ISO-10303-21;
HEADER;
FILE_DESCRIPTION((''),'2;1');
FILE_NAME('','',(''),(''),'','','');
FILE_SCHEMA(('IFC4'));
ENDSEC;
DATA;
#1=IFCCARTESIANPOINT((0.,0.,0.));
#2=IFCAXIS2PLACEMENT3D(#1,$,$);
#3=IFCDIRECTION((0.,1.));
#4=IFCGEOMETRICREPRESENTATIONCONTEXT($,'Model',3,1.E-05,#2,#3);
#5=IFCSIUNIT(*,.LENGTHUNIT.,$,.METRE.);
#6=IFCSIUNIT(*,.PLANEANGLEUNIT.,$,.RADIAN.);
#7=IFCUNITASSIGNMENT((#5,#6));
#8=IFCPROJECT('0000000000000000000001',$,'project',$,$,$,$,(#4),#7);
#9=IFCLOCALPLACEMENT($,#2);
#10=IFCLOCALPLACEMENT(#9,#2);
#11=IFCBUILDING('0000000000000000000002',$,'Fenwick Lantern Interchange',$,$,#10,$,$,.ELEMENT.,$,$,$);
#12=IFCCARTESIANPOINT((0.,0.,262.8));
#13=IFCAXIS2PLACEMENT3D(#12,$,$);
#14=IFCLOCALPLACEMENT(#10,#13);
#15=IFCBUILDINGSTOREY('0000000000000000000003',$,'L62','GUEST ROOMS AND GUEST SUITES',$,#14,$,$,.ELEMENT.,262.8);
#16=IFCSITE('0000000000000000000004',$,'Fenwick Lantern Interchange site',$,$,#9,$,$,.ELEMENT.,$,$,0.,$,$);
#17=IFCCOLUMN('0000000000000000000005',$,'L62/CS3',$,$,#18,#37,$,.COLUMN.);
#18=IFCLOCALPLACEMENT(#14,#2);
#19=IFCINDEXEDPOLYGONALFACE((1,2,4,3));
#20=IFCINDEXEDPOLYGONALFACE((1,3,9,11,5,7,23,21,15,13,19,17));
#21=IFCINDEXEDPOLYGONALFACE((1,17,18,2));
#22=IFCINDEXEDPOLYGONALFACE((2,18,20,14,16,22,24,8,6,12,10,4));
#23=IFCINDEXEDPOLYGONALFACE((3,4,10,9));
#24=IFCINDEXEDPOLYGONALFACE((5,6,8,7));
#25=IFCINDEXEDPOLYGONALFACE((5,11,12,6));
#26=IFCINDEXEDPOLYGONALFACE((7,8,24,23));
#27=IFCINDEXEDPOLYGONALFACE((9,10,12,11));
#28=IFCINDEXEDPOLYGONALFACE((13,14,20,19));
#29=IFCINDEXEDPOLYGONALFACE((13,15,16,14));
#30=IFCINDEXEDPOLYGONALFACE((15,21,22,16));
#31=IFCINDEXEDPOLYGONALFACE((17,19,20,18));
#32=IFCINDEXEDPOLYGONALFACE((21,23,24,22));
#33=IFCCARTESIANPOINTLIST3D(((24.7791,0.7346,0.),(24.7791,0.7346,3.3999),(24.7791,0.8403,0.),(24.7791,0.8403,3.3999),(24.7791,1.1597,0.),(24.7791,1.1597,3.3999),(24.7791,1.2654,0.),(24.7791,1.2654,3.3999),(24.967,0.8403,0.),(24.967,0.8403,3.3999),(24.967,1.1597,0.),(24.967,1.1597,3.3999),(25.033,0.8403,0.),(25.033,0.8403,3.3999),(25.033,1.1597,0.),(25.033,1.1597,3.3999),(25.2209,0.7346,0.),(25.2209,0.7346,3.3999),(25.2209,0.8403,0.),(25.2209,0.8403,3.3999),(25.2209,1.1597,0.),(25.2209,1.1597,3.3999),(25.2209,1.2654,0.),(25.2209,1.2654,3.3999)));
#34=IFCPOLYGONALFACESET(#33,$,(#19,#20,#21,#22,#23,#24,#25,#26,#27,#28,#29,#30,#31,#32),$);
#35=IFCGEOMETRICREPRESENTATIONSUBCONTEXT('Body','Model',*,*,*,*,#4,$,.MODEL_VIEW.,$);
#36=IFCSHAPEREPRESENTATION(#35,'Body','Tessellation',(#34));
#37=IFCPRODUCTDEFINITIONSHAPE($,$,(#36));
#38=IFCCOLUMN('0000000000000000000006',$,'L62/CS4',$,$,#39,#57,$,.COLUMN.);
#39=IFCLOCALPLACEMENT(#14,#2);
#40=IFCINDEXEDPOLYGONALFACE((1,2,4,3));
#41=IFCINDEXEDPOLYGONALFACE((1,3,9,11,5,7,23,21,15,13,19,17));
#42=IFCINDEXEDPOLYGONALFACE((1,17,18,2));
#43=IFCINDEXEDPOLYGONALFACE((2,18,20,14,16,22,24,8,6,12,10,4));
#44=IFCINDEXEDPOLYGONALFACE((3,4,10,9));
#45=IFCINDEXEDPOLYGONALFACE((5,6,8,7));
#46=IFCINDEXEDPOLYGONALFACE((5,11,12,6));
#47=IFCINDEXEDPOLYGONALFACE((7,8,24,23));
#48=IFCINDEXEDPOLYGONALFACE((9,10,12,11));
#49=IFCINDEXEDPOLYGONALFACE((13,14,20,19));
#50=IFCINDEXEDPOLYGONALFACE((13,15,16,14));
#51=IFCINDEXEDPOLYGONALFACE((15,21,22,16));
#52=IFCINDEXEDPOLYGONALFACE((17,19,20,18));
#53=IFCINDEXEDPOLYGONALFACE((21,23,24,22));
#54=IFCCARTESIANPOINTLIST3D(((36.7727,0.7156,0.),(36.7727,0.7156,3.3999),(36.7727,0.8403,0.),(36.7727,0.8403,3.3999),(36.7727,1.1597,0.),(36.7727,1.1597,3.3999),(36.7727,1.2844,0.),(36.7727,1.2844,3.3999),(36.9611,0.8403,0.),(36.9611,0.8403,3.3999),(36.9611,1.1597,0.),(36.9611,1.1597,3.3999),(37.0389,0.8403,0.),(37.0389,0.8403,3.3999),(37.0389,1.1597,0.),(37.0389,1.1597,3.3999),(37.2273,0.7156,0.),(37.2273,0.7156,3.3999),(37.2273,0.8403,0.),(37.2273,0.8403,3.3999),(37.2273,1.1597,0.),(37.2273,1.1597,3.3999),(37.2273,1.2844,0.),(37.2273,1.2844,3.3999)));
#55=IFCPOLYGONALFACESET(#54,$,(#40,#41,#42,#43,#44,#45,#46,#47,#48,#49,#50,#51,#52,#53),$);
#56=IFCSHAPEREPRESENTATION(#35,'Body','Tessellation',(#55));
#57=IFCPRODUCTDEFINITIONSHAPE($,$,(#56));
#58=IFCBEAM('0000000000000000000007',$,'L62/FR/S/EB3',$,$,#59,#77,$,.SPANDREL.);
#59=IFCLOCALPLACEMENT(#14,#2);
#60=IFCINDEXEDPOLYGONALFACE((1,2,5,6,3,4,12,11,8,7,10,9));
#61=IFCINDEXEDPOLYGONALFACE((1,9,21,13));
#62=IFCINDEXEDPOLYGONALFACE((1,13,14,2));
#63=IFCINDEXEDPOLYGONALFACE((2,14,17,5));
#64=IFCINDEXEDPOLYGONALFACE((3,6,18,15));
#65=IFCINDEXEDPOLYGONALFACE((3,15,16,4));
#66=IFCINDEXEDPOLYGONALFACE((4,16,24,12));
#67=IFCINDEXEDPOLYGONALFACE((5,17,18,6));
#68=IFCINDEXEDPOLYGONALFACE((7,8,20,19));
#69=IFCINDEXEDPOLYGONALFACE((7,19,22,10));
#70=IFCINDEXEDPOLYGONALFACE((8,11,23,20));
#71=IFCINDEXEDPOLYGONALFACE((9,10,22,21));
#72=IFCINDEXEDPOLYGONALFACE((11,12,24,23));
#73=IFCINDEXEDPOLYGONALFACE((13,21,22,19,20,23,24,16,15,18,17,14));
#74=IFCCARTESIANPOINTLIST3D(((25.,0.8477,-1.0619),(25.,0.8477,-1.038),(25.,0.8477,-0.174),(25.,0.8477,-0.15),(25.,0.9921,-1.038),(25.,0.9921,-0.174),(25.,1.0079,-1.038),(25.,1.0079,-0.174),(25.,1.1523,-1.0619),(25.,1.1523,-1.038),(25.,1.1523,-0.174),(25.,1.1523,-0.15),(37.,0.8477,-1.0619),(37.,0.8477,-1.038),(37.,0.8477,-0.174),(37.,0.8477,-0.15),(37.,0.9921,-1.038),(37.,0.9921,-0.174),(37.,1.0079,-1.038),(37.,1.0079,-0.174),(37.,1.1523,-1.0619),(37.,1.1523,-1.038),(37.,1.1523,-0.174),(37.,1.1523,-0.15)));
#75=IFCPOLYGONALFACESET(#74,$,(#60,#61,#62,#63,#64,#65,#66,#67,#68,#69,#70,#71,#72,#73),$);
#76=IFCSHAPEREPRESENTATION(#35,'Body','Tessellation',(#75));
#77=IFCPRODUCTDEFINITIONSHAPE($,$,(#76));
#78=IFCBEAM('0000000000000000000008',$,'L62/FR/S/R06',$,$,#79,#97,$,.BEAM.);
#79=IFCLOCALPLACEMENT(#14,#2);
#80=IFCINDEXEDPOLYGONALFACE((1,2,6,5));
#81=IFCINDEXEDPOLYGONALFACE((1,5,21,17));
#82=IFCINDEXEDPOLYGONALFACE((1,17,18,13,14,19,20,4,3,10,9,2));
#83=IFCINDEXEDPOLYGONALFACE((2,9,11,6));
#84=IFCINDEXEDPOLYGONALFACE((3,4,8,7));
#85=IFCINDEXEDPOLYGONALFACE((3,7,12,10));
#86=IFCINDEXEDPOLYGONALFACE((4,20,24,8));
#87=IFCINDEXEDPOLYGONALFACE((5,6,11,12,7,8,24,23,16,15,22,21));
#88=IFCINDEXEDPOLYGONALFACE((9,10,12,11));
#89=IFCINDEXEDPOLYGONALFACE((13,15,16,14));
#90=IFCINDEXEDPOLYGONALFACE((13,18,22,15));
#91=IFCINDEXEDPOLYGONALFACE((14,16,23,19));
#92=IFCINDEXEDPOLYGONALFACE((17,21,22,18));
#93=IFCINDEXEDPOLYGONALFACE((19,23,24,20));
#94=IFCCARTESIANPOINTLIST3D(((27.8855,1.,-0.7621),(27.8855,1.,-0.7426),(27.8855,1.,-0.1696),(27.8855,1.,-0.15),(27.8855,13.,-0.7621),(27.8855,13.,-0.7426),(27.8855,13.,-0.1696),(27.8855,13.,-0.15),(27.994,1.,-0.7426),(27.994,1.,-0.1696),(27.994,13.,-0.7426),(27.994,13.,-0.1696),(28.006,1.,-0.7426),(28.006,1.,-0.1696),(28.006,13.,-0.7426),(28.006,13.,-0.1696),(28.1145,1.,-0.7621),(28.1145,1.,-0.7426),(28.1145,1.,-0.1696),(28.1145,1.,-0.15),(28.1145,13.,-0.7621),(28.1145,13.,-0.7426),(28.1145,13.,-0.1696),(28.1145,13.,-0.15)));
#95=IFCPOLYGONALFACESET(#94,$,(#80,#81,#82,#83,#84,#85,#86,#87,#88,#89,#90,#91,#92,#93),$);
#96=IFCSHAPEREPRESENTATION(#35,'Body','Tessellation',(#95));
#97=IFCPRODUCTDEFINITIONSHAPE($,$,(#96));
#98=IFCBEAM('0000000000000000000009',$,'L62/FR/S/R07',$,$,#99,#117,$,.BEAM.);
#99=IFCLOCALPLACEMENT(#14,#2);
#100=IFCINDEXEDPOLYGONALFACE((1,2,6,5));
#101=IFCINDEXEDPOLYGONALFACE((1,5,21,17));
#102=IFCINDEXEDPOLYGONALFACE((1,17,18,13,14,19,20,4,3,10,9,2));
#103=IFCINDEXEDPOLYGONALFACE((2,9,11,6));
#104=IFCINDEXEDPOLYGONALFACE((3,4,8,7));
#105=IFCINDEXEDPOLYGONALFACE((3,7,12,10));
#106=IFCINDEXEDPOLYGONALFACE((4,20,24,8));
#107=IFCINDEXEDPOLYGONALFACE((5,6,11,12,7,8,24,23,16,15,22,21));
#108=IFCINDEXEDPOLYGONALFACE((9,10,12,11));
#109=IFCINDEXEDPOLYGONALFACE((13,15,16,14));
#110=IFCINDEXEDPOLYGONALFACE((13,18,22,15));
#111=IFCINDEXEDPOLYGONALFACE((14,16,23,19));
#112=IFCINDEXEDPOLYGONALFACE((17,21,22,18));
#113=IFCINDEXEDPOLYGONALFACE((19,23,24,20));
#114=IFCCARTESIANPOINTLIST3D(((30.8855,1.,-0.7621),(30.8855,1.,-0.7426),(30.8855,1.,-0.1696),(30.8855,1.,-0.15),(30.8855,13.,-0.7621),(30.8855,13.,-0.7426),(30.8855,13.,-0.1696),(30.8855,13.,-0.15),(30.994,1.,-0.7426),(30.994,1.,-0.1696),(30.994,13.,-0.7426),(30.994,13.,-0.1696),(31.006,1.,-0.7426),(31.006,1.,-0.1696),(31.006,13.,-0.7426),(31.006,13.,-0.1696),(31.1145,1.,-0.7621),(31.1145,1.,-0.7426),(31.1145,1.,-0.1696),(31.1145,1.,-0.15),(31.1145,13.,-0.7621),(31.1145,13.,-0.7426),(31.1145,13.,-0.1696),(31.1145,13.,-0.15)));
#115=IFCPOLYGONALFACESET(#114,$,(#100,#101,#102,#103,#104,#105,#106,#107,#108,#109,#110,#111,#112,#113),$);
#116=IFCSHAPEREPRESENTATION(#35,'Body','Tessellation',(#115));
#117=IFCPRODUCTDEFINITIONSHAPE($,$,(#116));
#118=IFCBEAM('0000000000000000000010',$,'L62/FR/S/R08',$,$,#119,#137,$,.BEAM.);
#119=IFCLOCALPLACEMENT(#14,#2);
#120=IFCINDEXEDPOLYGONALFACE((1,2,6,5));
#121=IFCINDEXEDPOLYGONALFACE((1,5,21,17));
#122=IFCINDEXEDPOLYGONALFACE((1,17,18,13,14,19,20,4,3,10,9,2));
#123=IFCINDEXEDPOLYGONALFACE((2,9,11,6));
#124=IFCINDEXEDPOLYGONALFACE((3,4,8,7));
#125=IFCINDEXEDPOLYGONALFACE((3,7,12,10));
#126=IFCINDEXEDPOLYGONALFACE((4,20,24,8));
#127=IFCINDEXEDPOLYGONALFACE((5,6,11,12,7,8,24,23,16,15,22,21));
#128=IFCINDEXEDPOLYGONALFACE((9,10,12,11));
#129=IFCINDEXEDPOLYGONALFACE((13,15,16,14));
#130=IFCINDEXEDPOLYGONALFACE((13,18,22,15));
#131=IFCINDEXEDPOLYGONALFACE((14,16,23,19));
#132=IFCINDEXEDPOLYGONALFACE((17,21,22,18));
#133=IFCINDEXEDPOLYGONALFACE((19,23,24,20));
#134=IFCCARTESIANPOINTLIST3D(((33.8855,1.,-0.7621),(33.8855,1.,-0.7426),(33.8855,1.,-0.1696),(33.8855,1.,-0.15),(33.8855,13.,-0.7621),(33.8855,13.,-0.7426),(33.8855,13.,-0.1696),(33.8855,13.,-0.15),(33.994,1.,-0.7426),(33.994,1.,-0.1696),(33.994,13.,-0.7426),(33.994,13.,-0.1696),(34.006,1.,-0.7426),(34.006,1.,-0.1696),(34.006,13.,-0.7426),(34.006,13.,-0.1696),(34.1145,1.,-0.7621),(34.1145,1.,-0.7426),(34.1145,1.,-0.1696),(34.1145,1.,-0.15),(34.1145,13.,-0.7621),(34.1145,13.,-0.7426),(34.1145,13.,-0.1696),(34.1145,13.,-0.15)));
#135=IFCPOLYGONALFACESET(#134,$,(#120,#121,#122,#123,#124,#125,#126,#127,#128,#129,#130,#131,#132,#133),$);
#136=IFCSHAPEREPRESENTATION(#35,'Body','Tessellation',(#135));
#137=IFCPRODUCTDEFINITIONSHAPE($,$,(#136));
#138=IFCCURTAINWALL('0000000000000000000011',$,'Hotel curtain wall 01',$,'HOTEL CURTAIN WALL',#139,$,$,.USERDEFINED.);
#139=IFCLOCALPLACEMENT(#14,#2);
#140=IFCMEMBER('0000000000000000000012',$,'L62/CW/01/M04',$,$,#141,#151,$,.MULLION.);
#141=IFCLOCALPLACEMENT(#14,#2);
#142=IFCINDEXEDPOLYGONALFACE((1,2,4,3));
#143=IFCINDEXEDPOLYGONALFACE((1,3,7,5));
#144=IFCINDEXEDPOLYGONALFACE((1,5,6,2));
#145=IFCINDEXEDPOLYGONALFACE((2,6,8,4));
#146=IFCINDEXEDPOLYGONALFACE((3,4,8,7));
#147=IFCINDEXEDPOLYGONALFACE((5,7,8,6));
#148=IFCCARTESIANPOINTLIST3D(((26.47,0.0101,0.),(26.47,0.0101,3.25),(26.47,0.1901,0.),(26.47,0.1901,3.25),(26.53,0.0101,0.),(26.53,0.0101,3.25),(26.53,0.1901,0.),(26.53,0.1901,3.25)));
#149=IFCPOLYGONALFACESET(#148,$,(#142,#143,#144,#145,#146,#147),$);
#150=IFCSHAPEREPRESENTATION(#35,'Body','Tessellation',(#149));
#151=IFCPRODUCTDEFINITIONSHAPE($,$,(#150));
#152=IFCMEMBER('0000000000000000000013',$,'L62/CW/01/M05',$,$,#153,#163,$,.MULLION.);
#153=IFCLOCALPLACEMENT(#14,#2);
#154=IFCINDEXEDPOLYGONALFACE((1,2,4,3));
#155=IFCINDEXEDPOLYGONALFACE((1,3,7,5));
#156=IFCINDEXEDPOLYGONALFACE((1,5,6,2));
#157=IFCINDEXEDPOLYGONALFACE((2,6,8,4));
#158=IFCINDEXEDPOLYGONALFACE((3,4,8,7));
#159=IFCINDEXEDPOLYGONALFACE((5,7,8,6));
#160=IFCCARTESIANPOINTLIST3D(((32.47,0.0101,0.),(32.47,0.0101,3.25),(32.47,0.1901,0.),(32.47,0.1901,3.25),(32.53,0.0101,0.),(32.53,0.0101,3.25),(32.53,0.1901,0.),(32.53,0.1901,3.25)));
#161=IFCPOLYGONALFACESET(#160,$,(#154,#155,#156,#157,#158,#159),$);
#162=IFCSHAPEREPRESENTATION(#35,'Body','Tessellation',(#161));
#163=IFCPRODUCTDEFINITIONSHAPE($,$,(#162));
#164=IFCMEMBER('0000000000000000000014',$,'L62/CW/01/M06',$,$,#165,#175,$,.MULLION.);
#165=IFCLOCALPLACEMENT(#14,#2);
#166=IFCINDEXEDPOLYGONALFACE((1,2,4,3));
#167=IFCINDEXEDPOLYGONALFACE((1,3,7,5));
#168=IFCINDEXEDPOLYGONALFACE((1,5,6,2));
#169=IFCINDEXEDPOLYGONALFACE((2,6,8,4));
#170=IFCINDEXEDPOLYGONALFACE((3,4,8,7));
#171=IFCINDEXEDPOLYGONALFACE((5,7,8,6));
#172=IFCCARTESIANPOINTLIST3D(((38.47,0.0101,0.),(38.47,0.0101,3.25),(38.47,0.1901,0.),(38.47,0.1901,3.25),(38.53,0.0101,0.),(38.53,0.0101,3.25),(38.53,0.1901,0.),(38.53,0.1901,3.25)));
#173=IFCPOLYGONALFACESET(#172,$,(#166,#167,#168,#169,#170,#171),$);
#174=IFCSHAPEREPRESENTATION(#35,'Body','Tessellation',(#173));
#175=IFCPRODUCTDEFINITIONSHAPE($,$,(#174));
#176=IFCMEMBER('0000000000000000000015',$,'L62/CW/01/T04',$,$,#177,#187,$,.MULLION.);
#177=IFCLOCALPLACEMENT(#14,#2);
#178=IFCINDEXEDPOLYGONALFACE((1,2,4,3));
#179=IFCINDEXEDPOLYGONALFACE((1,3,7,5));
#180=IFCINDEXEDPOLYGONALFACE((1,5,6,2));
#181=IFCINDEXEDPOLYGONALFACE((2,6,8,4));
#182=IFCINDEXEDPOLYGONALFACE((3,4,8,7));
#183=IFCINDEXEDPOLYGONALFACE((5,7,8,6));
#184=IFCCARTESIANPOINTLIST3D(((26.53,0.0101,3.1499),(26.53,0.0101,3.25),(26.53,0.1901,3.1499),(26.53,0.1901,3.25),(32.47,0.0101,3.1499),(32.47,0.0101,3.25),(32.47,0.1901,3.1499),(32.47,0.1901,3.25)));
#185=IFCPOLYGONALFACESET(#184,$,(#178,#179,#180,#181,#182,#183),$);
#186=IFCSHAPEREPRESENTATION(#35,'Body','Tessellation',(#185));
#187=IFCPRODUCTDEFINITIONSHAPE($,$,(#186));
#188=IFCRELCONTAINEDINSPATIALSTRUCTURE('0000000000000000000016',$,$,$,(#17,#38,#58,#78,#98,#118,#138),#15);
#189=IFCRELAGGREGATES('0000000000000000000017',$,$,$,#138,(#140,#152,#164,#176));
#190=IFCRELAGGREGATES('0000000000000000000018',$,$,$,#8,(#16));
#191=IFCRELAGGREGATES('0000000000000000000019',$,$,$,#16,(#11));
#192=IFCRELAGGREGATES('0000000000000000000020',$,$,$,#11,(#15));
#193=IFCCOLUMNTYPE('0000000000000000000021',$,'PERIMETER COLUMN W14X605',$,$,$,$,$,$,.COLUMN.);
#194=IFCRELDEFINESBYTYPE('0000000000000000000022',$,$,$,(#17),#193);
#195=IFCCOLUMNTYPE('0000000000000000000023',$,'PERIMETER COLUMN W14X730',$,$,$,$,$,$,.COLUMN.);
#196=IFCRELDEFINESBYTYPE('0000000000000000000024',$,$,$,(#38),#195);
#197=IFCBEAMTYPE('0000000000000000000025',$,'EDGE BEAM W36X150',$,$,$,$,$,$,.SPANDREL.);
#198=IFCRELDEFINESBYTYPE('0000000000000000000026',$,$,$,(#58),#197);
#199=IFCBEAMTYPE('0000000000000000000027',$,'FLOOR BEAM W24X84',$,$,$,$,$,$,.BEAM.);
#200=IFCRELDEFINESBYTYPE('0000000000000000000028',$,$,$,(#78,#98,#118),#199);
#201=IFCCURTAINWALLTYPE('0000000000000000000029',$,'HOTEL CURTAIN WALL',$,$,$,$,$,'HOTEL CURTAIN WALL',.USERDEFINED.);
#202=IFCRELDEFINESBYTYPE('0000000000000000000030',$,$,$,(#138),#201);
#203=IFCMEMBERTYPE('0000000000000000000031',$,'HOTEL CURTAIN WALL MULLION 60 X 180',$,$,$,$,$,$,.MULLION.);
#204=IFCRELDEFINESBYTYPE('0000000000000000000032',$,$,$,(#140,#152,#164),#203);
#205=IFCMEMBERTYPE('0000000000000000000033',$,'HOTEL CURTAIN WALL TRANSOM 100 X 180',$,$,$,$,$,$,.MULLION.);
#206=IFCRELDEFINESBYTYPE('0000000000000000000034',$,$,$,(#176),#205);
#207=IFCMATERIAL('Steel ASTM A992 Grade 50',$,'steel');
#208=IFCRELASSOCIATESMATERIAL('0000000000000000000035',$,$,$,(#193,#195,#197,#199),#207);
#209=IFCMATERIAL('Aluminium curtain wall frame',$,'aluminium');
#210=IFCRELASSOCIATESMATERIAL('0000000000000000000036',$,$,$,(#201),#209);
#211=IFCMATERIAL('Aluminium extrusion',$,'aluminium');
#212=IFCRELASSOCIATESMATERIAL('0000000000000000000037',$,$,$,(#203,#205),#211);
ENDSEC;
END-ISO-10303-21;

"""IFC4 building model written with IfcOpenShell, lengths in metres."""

from ifc_helpers import new_model, si_unit, direction, frame, origin, origin_2d, place, context, subcontext, project, spatial, rectangle, i_section, extrude, material, material_profile, profile_set, type_object, element, aggregate, save


model = new_model("IFC4")

# Units and contexts
model_context = context("Model", 3, precision=1e-05, world=origin(), true_north=direction((0.0, 1.0)))
body_context = subcontext(model_context, "Body", "Model", "MODEL_VIEW")
ifc_project = project(units=[si_unit("LENGTHUNIT", "METRE"), si_unit("PLANEANGLEUNIT", "RADIAN")], contexts=[model_context])

# Site, building, storey
site_placement = place(None, origin())
site = spatial("IfcSite", under=ifc_project, at=site_placement, Name="Fenwick Lantern Interchange site", CompositionType="ELEMENT", RefElevation=0.0)
building_placement = place(site_placement, origin())
building = spatial("IfcBuilding", under=site, at=building_placement, Name="Fenwick Lantern Interchange", CompositionType="ELEMENT")
storey_placement = place(building_placement, frame((0.0, 0.0, 262.8)))
storey = spatial("IfcBuildingStorey", under=building, at=storey_placement, Name="L62", Description="GUEST ROOMS AND GUEST SUITES", CompositionType="ELEMENT", Elevation=262.8)

# Columns
ifc_material_1 = material(Name="Steel ASTM A992 Grade 50", Category="steel")
ifc_material_profile_1 = material_profile(ifc_material_1, i_section(OverallWidth=0.4419, OverallDepth=0.5308, WebThickness=0.0659, FlangeThickness=0.1057, at=origin_2d()), Name="W14X605")
ifc_profile_set_1 = profile_set([ifc_material_profile_1], Name="Steel ASTM A992 Grade 50")
column_type_1 = type_object("IfcColumnType", Name="PERIMETER COLUMN W14X605", PredefinedType="COLUMN", material=ifc_profile_set_1)
column_1_placement = place(storey_placement, frame((25.0, 1.0, 0.0), z_axis=(0.0, 0.0, 1.0), x_axis=(1.0, 0.0, 0.0)))
element("IfcColumn", 1, at=column_1_placement, inside=storey, type_object=column_type_1, Name="L62/CS3", PredefinedType="COLUMN", context=body_context, shape_type="SweptSolid", body=[
    extrude(i_section(OverallWidth=0.4419, OverallDepth=0.5308, WebThickness=0.0659, FlangeThickness=0.1057, at=origin_2d()), origin(), (0.0, 0.0, 1.0), 3.3999),
])
ifc_material_profile_2 = material_profile(ifc_material_1, i_section(OverallWidth=0.4546, OverallDepth=0.5688, WebThickness=0.0779, FlangeThickness=0.1248, at=origin_2d()), Name="W14X730")
ifc_profile_set_2 = profile_set([ifc_material_profile_2], Name="Steel ASTM A992 Grade 50")
column_type_2 = type_object("IfcColumnType", Name="PERIMETER COLUMN W14X730", PredefinedType="COLUMN", material=ifc_profile_set_2)
column_2_placement = place(storey_placement, frame((37.0, 1.0, 0.0), z_axis=(0.0, 0.0, 1.0), x_axis=(1.0, 0.0, 0.0)))
element("IfcColumn", 2, at=column_2_placement, inside=storey, type_object=column_type_2, Name="L62/CS4", PredefinedType="COLUMN", context=body_context, shape_type="SweptSolid", body=[
    extrude(i_section(OverallWidth=0.4546, OverallDepth=0.5688, WebThickness=0.0779, FlangeThickness=0.1248, at=origin_2d()), origin(), (0.0, 0.0, 1.0), 3.3999),
])

# Beams
ifc_material_profile_3 = material_profile(ifc_material_1, i_section(OverallWidth=0.3047, OverallDepth=0.9119, WebThickness=0.0159, FlangeThickness=0.0239, at=origin_2d()), Name="W36X150")
ifc_profile_set_3 = profile_set([ifc_material_profile_3], Name="Steel ASTM A992 Grade 50")
beam_type_1 = type_object("IfcBeamType", Name="EDGE BEAM W36X150", PredefinedType="SPANDREL", material=ifc_profile_set_3)
beam_1_placement = place(storey_placement, frame((25.0, 1.0, -0.606), z_axis=(1.0, 0.0, 0.0), x_axis=(0.0, 1.0, 0.0)))
element("IfcBeam", 3, at=beam_1_placement, inside=storey, type_object=beam_type_1, Name="L62/FR/S/EB3", PredefinedType="SPANDREL", context=body_context, shape_type="SweptSolid", body=[
    extrude(i_section(OverallWidth=0.3047, OverallDepth=0.9119, WebThickness=0.0159, FlangeThickness=0.0239, at=origin_2d()), origin(), (0.0, 0.0, 1.0), 12.0),
])
ifc_material_profile_4 = material_profile(ifc_material_1, i_section(OverallWidth=0.229, OverallDepth=0.6121, WebThickness=0.012, FlangeThickness=0.0195, at=origin_2d()), Name="W24X84")
ifc_profile_set_4 = profile_set([ifc_material_profile_4], Name="Steel ASTM A992 Grade 50")
beam_type_2 = type_object("IfcBeamType", Name="FLOOR BEAM W24X84", PredefinedType="BEAM", material=ifc_profile_set_4)
for number, where, z_axis, x_axis, name in (
    (4, (28.0, 1.0, -0.4561), (0.0, 1.0, 0.0), (-1.0, 0.0, 0.0), "L62/FR/S/R06"),
    (5, (31.0, 1.0, -0.4561), (0.0, 1.0, 0.0), (-1.0, 0.0, 0.0), "L62/FR/S/R07"),
    (6, (34.0, 1.0, -0.4561), (0.0, 1.0, 0.0), (-1.0, 0.0, 0.0), "L62/FR/S/R08"),
):
    element("IfcBeam", number, at=place(storey_placement, frame(where, z_axis=z_axis, x_axis=x_axis)), inside=storey, type_object=beam_type_2, Name=name, PredefinedType="BEAM", context=body_context, shape_type="SweptSolid", body=[
        extrude(i_section(OverallWidth=0.229, OverallDepth=0.6121, WebThickness=0.012, FlangeThickness=0.0195, at=origin_2d()), origin(), (0.0, 0.0, 1.0), 12.0),
    ])

# Curtain wall, members
ifc_material_2 = material(Name="Aluminium curtain wall frame", Category="aluminium")
curtain_wall_type = type_object("IfcCurtainWallType", Name="HOTEL CURTAIN WALL", ElementType="HOTEL CURTAIN WALL", PredefinedType="USERDEFINED", material=ifc_material_2)
curtain_wall_placement = place(storey_placement, origin())
curtain_wall = element("IfcCurtainWall", 7, at=curtain_wall_placement, inside=storey, type_object=curtain_wall_type, Name="Hotel curtain wall 01", ObjectType="HOTEL CURTAIN WALL", PredefinedType="USERDEFINED")
ifc_material_3 = material(Name="Aluminium extrusion", Category="aluminium")
ifc_material_profile_5 = material_profile(ifc_material_3, rectangle(XDim=0.1799, YDim=0.0601, at=origin_2d()), Name="HOTEL CURTAIN WALL MULLION 60 X 180")
ifc_profile_set_5 = profile_set([ifc_material_profile_5], Name="Aluminium extrusion")
member_type_1 = type_object("IfcMemberType", Name="HOTEL CURTAIN WALL MULLION 60 X 180", PredefinedType="MULLION", material=ifc_profile_set_5)
member_1_placement = place(storey_placement, frame((26.5, 0.1001, 0.0), z_axis=(0.0, 0.0, 1.0), x_axis=(0.0, 1.0, 0.0)))
member_1 = element("IfcMember", 8, at=member_1_placement, type_object=member_type_1, Name="L62/CW/01/M04", PredefinedType="MULLION", context=body_context, shape_type="SweptSolid", body=[
    extrude(rectangle(XDim=0.1799, YDim=0.0601, at=origin_2d()), origin(), (0.0, 0.0, 1.0), 3.25),
])
member_2_placement = place(storey_placement, frame((32.5, 0.1001, 0.0), z_axis=(0.0, 0.0, 1.0), x_axis=(0.0, 1.0, 0.0)))
member_2 = element("IfcMember", 9, at=member_2_placement, type_object=member_type_1, Name="L62/CW/01/M05", PredefinedType="MULLION", context=body_context, shape_type="SweptSolid", body=[
    extrude(rectangle(XDim=0.1799, YDim=0.0601, at=origin_2d()), origin(), (0.0, 0.0, 1.0), 3.25),
])
member_3_placement = place(storey_placement, frame((38.5, 0.1001, 0.0), z_axis=(0.0, 0.0, 1.0), x_axis=(0.0, 1.0, 0.0)))
member_3 = element("IfcMember", 10, at=member_3_placement, type_object=member_type_1, Name="L62/CW/01/M06", PredefinedType="MULLION", context=body_context, shape_type="SweptSolid", body=[
    extrude(rectangle(XDim=0.1799, YDim=0.0601, at=origin_2d()), origin(), (0.0, 0.0, 1.0), 3.25),
])
ifc_material_profile_6 = material_profile(ifc_material_3, rectangle(XDim=0.1799, YDim=0.1001, at=origin_2d()), Name="HOTEL CURTAIN WALL TRANSOM 100 X 180")
ifc_profile_set_6 = profile_set([ifc_material_profile_6], Name="Aluminium extrusion")
member_type_2 = type_object("IfcMemberType", Name="HOTEL CURTAIN WALL TRANSOM 100 X 180", PredefinedType="MULLION", material=ifc_profile_set_6)
member_4_placement = place(storey_placement, frame((26.53, 0.1001, 3.2), z_axis=(1.0, 0.0, 0.0), x_axis=(0.0, 1.0, 0.0)))
member_4 = element("IfcMember", 11, at=member_4_placement, type_object=member_type_2, Name="L62/CW/01/T04", PredefinedType="MULLION", context=body_context, shape_type="SweptSolid", body=[
    extrude(rectangle(XDim=0.1799, YDim=0.1001, at=origin_2d()), origin(), (0.0, 0.0, 1.0), 5.9399),
])
aggregate(curtain_wall, [member_1, member_2, member_3, member_4])

save(model, "model.ifc")
